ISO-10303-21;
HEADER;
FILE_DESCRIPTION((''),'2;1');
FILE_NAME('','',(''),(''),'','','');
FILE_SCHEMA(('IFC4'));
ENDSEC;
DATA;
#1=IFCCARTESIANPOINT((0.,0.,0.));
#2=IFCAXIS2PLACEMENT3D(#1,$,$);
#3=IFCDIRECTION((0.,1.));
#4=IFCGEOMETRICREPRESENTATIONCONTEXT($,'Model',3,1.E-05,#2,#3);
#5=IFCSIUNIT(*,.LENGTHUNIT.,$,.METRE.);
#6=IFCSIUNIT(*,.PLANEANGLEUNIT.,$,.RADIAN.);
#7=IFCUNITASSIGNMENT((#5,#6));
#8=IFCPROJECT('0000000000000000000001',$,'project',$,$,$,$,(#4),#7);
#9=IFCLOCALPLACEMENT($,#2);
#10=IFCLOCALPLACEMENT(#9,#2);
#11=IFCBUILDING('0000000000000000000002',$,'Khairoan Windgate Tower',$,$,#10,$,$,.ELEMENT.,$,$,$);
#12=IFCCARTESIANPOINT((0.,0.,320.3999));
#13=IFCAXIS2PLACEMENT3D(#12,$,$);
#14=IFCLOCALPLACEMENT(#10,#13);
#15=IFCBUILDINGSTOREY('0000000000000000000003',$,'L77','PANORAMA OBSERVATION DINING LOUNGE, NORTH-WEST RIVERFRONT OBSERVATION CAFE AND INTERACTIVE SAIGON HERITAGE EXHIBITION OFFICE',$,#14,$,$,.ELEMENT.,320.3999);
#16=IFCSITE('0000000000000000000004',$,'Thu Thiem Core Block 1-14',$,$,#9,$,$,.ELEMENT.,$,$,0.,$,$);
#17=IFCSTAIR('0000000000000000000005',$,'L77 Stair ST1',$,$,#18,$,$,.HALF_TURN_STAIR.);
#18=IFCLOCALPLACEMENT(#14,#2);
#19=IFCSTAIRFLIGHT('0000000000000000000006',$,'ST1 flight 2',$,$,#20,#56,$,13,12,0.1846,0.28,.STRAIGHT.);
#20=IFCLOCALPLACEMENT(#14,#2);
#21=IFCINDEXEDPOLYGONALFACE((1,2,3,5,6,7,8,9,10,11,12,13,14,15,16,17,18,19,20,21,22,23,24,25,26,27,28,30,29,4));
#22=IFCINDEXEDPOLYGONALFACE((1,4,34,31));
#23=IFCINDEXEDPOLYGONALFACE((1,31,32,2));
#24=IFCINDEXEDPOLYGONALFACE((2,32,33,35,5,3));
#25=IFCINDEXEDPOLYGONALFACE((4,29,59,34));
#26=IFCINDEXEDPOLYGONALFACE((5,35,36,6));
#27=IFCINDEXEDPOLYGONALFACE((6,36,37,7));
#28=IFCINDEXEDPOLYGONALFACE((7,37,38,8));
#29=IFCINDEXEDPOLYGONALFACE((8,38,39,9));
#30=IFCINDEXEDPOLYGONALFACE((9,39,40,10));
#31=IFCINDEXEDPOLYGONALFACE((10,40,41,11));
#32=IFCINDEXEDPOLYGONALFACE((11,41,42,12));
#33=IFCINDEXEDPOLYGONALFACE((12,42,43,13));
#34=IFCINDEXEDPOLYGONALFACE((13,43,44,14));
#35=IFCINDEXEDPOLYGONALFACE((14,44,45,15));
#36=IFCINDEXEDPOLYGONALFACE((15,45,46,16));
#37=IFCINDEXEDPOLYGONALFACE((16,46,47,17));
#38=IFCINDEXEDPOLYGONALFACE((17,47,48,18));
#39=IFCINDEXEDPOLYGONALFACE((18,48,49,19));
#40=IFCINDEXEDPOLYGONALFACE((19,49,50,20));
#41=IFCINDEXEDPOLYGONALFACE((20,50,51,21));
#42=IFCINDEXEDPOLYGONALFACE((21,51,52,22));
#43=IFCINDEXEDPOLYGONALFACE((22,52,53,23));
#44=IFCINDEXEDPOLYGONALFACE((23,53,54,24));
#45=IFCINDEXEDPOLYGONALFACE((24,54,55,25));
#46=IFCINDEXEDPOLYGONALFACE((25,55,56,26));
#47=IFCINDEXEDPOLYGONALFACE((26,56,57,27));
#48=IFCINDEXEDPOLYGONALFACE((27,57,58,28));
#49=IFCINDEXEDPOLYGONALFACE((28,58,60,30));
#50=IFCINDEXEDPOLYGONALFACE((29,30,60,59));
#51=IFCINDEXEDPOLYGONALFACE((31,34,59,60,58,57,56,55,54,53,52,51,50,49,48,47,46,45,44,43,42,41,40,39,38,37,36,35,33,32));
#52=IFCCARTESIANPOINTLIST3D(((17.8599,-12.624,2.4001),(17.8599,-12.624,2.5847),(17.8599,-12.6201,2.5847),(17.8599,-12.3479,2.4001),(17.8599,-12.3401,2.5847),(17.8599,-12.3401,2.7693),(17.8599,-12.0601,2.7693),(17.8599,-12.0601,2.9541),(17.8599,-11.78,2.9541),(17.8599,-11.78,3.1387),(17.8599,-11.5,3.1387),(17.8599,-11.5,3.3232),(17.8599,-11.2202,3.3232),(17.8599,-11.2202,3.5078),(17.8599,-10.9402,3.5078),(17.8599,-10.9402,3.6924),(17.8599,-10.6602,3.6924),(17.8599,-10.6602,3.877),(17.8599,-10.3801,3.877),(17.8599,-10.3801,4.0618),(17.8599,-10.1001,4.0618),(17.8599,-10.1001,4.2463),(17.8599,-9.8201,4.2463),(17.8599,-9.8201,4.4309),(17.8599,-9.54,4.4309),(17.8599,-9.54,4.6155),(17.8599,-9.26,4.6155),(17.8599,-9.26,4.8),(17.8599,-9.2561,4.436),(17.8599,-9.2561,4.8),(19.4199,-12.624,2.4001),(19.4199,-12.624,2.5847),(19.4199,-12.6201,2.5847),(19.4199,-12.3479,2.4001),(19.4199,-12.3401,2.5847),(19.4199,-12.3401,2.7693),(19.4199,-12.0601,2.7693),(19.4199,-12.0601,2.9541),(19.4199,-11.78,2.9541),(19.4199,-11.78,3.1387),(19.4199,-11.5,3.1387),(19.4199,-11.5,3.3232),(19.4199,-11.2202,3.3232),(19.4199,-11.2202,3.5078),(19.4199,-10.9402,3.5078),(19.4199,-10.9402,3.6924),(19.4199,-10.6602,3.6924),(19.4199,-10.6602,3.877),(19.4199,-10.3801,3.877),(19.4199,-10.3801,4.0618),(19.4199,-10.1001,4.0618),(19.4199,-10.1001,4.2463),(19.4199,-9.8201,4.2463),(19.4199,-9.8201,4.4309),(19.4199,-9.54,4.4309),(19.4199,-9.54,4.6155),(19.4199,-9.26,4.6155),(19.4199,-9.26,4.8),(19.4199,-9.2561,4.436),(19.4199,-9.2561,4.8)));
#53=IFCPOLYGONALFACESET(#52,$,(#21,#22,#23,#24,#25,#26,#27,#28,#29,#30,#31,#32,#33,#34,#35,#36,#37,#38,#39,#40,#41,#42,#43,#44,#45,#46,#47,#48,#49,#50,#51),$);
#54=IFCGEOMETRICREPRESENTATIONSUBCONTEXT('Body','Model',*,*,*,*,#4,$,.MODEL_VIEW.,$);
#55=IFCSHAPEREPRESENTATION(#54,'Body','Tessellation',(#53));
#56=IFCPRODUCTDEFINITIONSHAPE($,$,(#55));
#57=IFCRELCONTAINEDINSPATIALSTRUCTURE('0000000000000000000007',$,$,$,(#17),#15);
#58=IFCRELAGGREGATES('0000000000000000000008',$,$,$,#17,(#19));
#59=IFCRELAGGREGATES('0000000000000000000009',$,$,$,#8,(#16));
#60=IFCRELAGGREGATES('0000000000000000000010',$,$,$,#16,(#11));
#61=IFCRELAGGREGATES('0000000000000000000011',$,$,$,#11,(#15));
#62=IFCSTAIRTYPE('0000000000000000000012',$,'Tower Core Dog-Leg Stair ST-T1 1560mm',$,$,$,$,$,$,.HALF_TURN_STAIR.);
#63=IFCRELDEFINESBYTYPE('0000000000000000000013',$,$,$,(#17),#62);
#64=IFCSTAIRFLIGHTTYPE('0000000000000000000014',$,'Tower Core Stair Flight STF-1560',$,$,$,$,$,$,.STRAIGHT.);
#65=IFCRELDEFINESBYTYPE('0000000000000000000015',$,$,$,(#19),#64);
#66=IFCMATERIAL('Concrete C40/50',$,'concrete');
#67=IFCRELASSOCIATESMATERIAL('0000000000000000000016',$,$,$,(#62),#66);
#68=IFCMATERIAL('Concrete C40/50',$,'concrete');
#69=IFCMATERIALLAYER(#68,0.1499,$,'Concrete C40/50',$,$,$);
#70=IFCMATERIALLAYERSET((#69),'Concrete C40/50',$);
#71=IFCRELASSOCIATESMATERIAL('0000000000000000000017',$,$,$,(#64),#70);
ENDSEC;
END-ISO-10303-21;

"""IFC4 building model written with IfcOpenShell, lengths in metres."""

from ifc_helpers import new_model, si_unit, direction, frame, origin, place, context, subcontext, project, spatial, polyline, outline, extrude, material, layer, layer_set, type_object, element, aggregate, save


model = new_model("IFC4")

# Units and contexts
model_context = context("Model", 3, precision=1e-05, world=origin(), true_north=direction((0.0, 1.0)))
body_context = subcontext(model_context, "Body", "Model", "MODEL_VIEW")
ifc_project = project(units=[si_unit("LENGTHUNIT", "METRE"), si_unit("PLANEANGLEUNIT", "RADIAN")], contexts=[model_context])

# Site, building, storey
site_placement = place(None, origin())
site = spatial("IfcSite", under=ifc_project, at=site_placement, Name="Thu Thiem Core Block 1-14", CompositionType="ELEMENT", RefElevation=0.0)
building_placement = place(site_placement, origin())
building = spatial("IfcBuilding", under=site, at=building_placement, Name="Khairoan Windgate Tower", CompositionType="ELEMENT")
storey_placement = place(building_placement, frame((0.0, 0.0, 320.3999)))
storey = spatial("IfcBuildingStorey", under=building, at=storey_placement, Name="L77", Description="PANORAMA OBSERVATION DINING LOUNGE, NORTH-WEST RIVERFRONT OBSERVATION CAFE AND INTERACTIVE SAIGON HERITAGE EXHIBITION OFFICE", CompositionType="ELEMENT", Elevation=320.3999)

# Stair, stair flight
ifc_material_1 = material(Name="Concrete C40/50", Category="concrete")
stair_type = type_object("IfcStairType", Name="Tower Core Dog-Leg Stair ST-T1 1560mm", PredefinedType="HALF_TURN_STAIR", material=ifc_material_1)
stair_placement = place(storey_placement, origin())
stair = element("IfcStair", 1, at=stair_placement, inside=storey, type_object=stair_type, Name="L77 Stair ST1", PredefinedType="HALF_TURN_STAIR")
ifc_material_2 = material(Name="Concrete C40/50", Category="concrete")
ifc_layer_1 = layer(ifc_material_2, 0.1499, Name="Concrete C40/50")
ifc_layer_set_1 = layer_set([ifc_layer_1], Name="Concrete C40/50")
stair_flight_type = type_object("IfcStairFlightType", Name="Tower Core Stair Flight STF-1560", PredefinedType="STRAIGHT", material=ifc_layer_set_1)
stair_flight_1_placement = place(storey_placement, frame((18.6399, -12.6201, 2.4001), z_axis=(0.0, 0.0, 1.0), x_axis=(0.0, 1.0, 0.0)))
stair_flight_1 = element("IfcStairFlight", 2, at=stair_flight_1_placement, type_object=stair_flight_type, Name="ST1 flight 2", NumberOfRisers=13, NumberOfTreads=12, PredefinedType="STRAIGHT", RiserHeight=0.1846, TreadLength=0.28, context=body_context, shape_type="SweptSolid", body=[
    extrude(outline(polyline([(-0.0039, 0.0), (-0.0039, 0.1846), (0.0, 0.1846), (0.28, 0.1846), (0.28, 0.3691), (0.5601, 0.3691), (0.5601, 0.554), (0.8401, 0.554), (0.8401, 0.7385), (1.1201, 0.7385), (1.1201, 0.9231), (1.3999, 0.9231), (1.3999, 1.1077), (1.6799, 1.1077), (1.6799, 1.2922), (1.96, 1.2922), (1.96, 1.4768), (2.24, 1.4768), (2.24, 1.6616), (2.52, 1.6616), (2.52, 1.8462), (2.8, 1.8462), (2.8, 2.0308), (3.0801, 2.0308), (3.0801, 2.2153), (3.3601, 2.2153), (3.3601, 2.3999), (3.364, 2.3999), (3.364, 2.0359), (0.2722, 0.0), (-0.0039, 0.0)])), frame((0.0, 0.78, 0.0), z_axis=(0.0, -1.0, 0.0), x_axis=(1.0, 0.0, 0.0)), (0.0, 0.0, 1.0), 1.5601),
])
aggregate(stair, [stair_flight_1])

save(model, "model.ifc")
